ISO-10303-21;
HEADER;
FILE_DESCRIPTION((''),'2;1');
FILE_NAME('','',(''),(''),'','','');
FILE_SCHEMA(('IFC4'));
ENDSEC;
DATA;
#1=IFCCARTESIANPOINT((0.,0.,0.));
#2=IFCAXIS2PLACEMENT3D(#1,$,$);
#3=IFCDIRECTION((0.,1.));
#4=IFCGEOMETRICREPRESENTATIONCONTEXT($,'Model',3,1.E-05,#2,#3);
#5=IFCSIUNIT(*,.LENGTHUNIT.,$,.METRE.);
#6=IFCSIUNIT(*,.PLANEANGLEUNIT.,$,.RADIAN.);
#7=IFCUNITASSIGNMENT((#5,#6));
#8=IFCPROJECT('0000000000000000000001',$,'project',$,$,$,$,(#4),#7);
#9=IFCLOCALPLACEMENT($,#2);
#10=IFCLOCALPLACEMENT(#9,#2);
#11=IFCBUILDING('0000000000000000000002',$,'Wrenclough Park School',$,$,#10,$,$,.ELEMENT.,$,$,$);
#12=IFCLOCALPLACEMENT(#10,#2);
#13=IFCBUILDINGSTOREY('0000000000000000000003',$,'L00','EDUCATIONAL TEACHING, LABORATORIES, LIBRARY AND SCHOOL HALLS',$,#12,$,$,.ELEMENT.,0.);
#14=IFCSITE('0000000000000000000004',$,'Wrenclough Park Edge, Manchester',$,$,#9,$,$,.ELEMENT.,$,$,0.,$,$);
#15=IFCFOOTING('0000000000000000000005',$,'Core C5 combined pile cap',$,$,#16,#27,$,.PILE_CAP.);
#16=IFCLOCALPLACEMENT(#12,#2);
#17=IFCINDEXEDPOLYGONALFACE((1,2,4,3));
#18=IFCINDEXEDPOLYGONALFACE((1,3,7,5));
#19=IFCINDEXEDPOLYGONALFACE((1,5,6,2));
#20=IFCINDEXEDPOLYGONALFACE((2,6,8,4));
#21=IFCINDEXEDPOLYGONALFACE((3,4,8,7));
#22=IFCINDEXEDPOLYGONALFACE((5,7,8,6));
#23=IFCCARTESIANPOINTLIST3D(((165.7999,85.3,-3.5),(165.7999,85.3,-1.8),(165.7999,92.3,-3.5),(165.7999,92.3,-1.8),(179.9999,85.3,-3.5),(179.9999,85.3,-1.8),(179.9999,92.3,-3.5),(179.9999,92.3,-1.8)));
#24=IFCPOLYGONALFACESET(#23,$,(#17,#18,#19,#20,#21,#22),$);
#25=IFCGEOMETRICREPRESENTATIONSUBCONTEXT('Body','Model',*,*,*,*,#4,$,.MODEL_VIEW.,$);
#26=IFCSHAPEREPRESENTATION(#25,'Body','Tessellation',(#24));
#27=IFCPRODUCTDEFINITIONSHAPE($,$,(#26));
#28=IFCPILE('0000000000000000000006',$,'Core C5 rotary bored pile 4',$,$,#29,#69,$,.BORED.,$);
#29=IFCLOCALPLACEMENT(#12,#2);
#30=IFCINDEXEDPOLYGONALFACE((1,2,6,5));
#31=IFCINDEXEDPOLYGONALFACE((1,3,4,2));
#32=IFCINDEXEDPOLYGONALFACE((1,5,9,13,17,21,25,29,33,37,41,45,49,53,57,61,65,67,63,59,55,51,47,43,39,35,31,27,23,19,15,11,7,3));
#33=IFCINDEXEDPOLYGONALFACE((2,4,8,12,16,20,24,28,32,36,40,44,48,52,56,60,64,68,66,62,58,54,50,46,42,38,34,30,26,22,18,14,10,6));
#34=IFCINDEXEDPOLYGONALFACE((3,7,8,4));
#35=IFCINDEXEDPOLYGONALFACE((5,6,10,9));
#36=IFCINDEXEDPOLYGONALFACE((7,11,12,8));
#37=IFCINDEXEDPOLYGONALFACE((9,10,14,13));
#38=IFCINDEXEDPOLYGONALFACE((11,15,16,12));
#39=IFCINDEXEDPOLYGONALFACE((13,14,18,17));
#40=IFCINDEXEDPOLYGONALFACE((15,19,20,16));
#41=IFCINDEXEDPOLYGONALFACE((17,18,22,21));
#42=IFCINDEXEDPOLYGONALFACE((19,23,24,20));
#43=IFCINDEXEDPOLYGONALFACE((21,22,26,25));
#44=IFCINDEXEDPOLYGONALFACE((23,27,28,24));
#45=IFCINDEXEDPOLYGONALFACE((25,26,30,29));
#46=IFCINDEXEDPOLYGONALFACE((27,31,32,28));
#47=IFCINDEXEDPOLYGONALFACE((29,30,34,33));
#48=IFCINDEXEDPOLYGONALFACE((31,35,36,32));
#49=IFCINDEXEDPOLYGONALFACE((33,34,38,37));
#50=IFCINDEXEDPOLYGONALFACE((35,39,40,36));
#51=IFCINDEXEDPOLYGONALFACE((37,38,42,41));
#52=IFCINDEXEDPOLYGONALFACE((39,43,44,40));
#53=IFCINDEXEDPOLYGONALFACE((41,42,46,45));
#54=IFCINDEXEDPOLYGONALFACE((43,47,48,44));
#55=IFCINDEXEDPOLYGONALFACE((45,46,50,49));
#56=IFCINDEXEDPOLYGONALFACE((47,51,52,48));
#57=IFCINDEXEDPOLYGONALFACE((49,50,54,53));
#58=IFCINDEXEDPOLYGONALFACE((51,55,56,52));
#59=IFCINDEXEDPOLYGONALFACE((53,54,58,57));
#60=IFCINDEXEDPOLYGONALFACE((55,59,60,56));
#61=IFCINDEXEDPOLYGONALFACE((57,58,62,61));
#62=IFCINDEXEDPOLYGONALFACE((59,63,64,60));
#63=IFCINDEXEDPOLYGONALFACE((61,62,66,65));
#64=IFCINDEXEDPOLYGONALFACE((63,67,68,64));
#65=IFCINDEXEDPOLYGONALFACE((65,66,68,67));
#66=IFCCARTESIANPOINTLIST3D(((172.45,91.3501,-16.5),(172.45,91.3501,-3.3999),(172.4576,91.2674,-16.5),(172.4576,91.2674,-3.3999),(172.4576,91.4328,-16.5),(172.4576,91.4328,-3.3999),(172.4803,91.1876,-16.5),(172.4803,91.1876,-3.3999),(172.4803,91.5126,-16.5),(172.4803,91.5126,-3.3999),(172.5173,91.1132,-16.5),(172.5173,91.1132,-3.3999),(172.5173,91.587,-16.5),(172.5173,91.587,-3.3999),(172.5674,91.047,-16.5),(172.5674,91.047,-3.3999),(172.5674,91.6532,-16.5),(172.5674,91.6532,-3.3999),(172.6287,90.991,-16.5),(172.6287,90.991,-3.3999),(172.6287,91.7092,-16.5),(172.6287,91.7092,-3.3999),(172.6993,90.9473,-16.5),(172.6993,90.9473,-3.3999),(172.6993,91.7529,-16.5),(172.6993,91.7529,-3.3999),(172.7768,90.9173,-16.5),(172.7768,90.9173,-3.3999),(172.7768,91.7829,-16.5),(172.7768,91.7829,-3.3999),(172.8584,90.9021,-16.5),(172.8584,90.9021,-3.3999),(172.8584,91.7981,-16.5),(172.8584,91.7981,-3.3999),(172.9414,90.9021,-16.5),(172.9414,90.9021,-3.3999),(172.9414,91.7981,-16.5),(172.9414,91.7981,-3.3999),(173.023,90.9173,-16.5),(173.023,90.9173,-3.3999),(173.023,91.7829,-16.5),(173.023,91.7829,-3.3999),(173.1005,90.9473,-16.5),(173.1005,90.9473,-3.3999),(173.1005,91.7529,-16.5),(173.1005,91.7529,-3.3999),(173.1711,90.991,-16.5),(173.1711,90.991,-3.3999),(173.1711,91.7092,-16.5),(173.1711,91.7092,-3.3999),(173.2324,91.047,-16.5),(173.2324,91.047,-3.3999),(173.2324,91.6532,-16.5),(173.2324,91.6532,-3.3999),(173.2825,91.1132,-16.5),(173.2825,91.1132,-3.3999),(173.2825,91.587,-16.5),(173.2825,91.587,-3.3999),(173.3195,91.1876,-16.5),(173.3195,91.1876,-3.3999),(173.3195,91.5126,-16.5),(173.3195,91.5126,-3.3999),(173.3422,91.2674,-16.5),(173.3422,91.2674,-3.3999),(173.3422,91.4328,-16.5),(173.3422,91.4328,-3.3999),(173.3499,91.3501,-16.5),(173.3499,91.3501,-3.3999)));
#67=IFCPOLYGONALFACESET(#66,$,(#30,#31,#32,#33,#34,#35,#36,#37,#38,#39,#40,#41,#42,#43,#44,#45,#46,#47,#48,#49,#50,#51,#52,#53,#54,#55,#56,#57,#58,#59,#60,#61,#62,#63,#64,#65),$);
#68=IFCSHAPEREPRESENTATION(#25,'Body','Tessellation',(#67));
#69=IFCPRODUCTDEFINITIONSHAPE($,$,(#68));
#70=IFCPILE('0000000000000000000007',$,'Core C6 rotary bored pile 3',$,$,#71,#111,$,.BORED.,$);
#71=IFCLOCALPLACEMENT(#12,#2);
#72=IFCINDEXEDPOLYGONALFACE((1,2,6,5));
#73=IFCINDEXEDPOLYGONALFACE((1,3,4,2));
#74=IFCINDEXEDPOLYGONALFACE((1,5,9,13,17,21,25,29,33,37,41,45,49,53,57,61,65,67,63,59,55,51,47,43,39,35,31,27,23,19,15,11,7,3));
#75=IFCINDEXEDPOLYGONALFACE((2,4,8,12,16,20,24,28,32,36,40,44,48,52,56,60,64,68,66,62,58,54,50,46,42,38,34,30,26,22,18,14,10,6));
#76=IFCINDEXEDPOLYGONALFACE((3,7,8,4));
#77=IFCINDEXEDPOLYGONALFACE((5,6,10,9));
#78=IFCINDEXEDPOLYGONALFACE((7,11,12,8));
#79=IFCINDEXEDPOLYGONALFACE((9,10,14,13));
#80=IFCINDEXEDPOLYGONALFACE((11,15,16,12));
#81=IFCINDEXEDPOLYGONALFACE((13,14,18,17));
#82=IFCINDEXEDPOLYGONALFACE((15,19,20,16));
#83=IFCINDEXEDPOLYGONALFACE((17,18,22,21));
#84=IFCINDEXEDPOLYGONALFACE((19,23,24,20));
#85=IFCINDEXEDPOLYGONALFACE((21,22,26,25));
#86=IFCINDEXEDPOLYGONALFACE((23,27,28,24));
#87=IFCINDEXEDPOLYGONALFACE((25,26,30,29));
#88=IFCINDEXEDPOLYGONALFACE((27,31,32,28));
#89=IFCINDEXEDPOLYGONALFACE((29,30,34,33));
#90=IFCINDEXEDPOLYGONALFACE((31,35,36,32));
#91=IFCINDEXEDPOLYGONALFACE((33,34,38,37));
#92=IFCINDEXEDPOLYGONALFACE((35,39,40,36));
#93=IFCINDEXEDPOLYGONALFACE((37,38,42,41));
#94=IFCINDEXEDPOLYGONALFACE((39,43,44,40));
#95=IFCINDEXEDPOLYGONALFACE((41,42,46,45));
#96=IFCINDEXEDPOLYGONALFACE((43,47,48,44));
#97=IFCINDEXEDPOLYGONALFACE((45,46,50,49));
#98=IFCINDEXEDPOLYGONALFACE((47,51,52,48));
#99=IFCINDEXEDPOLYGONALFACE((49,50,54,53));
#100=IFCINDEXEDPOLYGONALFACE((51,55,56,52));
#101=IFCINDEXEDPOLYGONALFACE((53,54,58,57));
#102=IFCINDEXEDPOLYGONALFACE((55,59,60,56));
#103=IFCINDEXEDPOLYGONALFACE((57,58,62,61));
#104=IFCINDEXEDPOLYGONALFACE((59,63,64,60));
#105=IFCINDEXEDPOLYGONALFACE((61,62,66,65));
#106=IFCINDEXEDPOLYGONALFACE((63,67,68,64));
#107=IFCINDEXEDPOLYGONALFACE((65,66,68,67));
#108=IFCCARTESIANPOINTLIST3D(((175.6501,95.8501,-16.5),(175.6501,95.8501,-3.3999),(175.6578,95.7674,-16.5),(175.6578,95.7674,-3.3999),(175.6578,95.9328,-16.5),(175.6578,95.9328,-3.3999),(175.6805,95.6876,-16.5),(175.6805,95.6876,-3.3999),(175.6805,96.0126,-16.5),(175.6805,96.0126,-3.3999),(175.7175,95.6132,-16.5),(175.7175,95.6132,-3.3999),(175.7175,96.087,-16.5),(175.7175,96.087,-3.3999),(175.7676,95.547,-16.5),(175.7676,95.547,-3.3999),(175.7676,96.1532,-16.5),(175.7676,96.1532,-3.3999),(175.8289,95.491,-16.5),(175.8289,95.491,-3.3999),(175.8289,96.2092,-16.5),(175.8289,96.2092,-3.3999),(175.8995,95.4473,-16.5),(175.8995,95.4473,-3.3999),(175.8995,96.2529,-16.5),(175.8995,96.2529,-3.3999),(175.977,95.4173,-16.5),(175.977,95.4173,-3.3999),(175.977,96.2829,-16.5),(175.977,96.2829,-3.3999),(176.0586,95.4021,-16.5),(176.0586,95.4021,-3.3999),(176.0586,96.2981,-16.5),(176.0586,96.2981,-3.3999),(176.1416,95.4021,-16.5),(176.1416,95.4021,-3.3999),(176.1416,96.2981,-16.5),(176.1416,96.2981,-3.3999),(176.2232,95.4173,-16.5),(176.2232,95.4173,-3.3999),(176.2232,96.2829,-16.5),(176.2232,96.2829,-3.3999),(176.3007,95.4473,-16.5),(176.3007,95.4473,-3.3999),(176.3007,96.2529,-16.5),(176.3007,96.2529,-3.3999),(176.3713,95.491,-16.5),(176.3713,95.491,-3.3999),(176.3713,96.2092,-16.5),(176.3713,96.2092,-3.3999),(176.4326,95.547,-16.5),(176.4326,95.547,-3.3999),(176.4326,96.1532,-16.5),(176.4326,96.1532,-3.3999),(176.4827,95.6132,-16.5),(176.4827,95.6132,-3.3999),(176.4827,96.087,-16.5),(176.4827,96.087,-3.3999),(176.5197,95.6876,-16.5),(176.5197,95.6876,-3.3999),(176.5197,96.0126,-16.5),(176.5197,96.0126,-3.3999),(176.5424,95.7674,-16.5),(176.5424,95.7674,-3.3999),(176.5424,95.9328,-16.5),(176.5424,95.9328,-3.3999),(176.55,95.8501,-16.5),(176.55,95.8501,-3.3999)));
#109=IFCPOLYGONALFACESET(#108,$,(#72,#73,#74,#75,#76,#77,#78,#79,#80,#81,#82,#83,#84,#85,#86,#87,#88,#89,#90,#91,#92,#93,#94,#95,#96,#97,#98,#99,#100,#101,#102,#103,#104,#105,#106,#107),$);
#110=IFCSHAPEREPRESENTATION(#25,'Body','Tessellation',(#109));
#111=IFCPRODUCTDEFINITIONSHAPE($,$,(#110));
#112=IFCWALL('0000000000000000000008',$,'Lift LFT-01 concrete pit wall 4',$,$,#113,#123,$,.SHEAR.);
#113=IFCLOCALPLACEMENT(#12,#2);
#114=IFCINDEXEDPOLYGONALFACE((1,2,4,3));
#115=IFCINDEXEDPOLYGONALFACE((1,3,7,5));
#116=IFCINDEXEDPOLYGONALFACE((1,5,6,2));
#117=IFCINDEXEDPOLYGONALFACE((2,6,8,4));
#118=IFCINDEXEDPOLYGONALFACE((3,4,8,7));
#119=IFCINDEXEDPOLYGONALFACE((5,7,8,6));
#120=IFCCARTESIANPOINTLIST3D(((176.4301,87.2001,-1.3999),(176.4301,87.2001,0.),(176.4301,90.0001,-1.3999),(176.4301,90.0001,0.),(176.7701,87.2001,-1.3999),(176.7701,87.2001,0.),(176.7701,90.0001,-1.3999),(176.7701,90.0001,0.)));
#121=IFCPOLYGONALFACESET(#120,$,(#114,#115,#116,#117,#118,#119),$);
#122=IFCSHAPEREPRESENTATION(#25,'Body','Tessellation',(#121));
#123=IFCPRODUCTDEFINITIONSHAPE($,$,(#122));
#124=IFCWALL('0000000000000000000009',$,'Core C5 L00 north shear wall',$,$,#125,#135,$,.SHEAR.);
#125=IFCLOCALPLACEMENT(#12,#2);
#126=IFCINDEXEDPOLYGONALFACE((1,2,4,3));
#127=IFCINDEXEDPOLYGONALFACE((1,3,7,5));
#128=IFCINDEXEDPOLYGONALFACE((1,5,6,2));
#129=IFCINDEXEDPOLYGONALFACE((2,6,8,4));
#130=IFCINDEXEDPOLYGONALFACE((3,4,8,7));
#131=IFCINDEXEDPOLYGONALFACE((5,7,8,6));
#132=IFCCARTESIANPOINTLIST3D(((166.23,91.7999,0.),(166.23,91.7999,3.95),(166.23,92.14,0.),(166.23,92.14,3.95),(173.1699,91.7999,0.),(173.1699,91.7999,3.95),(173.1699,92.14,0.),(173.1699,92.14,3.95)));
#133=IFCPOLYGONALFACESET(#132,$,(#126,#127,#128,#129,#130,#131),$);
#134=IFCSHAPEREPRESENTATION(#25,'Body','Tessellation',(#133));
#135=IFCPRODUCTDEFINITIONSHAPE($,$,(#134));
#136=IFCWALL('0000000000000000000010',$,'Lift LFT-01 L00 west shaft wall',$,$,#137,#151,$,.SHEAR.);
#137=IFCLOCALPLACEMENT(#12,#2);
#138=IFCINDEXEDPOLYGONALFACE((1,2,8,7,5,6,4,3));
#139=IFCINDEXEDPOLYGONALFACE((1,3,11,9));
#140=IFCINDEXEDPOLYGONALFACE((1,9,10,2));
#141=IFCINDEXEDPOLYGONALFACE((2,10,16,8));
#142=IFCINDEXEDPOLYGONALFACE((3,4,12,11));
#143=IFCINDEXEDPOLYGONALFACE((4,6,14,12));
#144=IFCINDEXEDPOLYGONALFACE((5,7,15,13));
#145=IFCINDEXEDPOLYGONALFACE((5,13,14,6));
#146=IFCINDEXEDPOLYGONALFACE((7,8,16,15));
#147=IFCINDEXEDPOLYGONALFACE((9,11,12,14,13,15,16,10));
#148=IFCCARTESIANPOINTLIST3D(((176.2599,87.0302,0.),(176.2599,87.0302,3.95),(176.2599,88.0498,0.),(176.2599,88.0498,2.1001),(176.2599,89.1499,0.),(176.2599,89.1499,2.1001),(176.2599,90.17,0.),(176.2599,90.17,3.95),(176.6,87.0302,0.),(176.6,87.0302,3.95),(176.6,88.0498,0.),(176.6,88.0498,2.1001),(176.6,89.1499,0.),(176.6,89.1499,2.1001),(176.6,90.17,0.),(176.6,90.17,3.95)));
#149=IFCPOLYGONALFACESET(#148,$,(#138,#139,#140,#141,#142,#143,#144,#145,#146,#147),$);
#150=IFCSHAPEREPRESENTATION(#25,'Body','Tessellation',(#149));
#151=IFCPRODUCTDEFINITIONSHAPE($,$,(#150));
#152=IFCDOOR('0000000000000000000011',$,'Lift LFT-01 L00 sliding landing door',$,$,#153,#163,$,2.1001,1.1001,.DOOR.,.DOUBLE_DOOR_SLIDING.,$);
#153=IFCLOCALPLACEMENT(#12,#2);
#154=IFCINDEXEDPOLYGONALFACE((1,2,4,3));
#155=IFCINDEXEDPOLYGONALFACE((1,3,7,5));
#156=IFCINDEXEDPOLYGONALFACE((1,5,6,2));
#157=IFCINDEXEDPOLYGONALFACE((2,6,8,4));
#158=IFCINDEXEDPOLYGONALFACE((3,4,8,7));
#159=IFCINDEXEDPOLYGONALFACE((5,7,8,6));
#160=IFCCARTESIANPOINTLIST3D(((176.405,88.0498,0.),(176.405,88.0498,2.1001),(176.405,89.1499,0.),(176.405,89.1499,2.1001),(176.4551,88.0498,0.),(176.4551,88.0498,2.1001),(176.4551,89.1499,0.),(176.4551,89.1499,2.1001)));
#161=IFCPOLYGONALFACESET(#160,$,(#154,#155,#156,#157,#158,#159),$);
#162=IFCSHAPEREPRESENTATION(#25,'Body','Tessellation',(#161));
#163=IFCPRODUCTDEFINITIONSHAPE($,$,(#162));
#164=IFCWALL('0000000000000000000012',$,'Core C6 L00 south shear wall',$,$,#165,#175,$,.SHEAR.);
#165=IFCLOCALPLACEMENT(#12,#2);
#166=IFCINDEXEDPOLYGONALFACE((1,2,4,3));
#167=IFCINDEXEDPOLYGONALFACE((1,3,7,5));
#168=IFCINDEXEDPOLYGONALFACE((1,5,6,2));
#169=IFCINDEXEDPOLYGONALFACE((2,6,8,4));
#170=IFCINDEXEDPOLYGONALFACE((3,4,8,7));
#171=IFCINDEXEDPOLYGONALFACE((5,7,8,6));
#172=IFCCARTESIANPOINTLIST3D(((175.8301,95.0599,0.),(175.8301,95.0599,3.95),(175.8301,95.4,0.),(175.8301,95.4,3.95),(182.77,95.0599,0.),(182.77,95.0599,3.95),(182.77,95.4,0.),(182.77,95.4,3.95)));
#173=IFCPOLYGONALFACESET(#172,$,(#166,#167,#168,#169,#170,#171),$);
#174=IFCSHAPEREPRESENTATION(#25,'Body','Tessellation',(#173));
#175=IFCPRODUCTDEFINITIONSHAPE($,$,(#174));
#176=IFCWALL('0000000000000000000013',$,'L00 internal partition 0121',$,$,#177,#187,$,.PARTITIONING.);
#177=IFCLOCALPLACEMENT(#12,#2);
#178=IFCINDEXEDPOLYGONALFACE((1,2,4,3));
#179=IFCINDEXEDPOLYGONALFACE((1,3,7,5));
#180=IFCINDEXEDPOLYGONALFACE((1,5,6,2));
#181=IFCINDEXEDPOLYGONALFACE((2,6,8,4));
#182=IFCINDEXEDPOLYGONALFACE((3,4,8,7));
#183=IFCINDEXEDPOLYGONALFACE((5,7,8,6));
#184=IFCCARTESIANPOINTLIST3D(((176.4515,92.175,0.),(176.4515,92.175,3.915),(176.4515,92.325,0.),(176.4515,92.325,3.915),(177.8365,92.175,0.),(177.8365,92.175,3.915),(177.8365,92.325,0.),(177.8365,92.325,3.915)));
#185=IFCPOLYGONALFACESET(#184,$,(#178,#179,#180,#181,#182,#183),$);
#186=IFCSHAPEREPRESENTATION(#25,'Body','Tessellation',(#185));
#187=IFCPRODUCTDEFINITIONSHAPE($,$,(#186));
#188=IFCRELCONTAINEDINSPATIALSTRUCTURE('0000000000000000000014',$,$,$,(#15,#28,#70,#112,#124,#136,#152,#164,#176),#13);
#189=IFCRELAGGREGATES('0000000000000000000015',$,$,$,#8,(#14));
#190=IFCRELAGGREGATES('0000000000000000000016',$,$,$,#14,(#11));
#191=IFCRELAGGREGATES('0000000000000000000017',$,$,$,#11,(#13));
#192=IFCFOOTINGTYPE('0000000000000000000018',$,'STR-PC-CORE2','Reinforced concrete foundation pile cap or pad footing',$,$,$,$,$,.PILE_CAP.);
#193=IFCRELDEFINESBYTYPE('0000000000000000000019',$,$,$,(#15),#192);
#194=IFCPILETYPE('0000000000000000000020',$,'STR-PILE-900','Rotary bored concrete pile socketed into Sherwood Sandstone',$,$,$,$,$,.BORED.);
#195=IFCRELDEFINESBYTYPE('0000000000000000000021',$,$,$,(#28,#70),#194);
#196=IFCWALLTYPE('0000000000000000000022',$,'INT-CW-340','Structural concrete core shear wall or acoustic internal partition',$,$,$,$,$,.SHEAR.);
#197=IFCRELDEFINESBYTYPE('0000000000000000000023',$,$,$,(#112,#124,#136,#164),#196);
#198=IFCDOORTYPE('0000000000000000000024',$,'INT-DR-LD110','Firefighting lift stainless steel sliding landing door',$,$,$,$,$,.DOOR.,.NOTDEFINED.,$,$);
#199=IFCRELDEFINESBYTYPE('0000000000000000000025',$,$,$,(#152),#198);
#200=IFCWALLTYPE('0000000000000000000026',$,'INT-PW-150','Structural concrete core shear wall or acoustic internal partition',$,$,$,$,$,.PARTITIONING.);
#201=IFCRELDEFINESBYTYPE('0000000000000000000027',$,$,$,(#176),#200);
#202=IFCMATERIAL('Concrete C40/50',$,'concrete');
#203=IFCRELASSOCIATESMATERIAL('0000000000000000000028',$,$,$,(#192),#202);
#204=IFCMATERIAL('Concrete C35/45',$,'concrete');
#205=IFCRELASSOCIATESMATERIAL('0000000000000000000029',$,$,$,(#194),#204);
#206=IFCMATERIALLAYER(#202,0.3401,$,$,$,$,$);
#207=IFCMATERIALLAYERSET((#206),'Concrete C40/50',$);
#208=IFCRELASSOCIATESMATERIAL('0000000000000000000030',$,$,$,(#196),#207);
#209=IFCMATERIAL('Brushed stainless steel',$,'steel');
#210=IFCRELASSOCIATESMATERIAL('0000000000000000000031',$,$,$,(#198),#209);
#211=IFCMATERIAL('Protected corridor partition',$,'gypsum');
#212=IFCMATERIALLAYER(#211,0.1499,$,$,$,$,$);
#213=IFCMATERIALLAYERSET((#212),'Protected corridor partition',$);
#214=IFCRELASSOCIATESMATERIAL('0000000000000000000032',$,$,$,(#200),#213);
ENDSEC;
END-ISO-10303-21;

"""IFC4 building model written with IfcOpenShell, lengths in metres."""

from ifc_helpers import new_model, si_unit, direction, frame, frame_2d, origin, origin_2d, place, context, subcontext, project, spatial, rectangle, circle, extrude, material, layer, layer_set, material_profile, profile_set, type_object, element, fill, save


model = new_model("IFC4")

# Units and contexts
model_context = context("Model", 3, precision=1e-05, world=origin(), true_north=direction((0.0, 1.0)))
body_context = subcontext(model_context, "Body", "Model", "MODEL_VIEW")
ifc_project = project(units=[si_unit("LENGTHUNIT", "METRE"), si_unit("PLANEANGLEUNIT", "RADIAN")], contexts=[model_context])

# Site, building, storey
site_placement = place(None, origin())
site = spatial("IfcSite", under=ifc_project, at=site_placement, Name="Wrenclough Park Edge, Manchester", CompositionType="ELEMENT", RefElevation=0.0)
building_placement = place(site_placement, origin())
building = spatial("IfcBuilding", under=site, at=building_placement, Name="Wrenclough Park School", CompositionType="ELEMENT")
storey_placement = place(building_placement, origin())
storey = spatial("IfcBuildingStorey", under=building, at=storey_placement, Name="L00", Description="EDUCATIONAL TEACHING, LABORATORIES, LIBRARY AND SCHOOL HALLS", CompositionType="ELEMENT", Elevation=0.0)

# Footing
ifc_material_1 = material(Name="Concrete C40/50", Category="concrete")
footing_type = type_object("IfcFootingType", Name="STR-PC-CORE2", Description="Reinforced concrete foundation pile cap or pad footing", PredefinedType="PILE_CAP", material=ifc_material_1)
footing_placement = place(storey_placement, frame((172.8999, 88.8, -3.5), z_axis=(0.0, 0.0, 1.0), x_axis=(1.0, 0.0, 0.0)))
element("IfcFooting", 1, at=footing_placement, inside=storey, type_object=footing_type, Name="Core C5 combined pile cap", PredefinedType="PILE_CAP", context=body_context, shape_type="SweptSolid", body=[
    extrude(rectangle(XDim=14.2, YDim=7.0, at=origin_2d()), origin(), (0.0, 0.0, 1.0), 1.7),
])

# Piles
ifc_material_2 = material(Name="Concrete C35/45", Category="concrete")
ifc_material_profile = material_profile(ifc_material_2, circle(Radius=0.45, at=origin_2d()), Name="BORED PILE D900")
ifc_profile_set = profile_set([ifc_material_profile], Name="Concrete C35/45")
pile_type = type_object("IfcPileType", Name="STR-PILE-900", Description="Rotary bored concrete pile socketed into Sherwood Sandstone", PredefinedType="BORED", material=ifc_profile_set)
for number, where, z_axis, x_axis, name in (
    (2, (172.8999, 91.3501, -3.3999), (0.0, 0.0, -1.0), (1.0, 0.0, 0.0), "Core C5 rotary bored pile 4"),
    (3, (176.1001, 95.8501, -3.3999), (0.0, 0.0, -1.0), (1.0, 0.0, 0.0), "Core C6 rotary bored pile 3"),
):
    element("IfcPile", number, at=place(storey_placement, frame(where, z_axis=z_axis, x_axis=x_axis)), inside=storey, type_object=pile_type, Name=name, PredefinedType="BORED", context=body_context, shape_type="SweptSolid", body=[
        extrude(circle(Radius=0.45, at=origin_2d()), origin(), (0.0, 0.0, 1.0), 13.1001),
    ])

# Walls
ifc_layer_1 = layer(ifc_material_1, 0.3401)
ifc_layer_set_1 = layer_set([ifc_layer_1], Name="Concrete C40/50")
wall_type_1 = type_object("IfcWallType", Name="INT-CW-340", Description="Structural concrete core shear wall or acoustic internal partition", PredefinedType="SHEAR", material=ifc_layer_set_1)
wall_1_placement = place(storey_placement, frame((176.6001, 90.0, -1.3999), z_axis=(0.0, 0.0, 1.0), x_axis=(0.0, -1.0, 0.0)))
element("IfcWall", 4, at=wall_1_placement, inside=storey, type_object=wall_type_1, Name="Lift LFT-01 concrete pit wall 4", PredefinedType="SHEAR", context=body_context, shape_type="SweptSolid", body=[
    extrude(rectangle(XDim=2.8, YDim=0.3401, at=frame_2d((1.3999, 0.0))), origin(), (0.0, 0.0, 1.0), 1.3999),
])
wall_2_placement = place(storey_placement, frame((173.1699, 91.97, 0.0), z_axis=(0.0, 0.0, 1.0), x_axis=(-1.0, 0.0, 0.0)))
element("IfcWall", 5, at=wall_2_placement, inside=storey, type_object=wall_type_1, Name="Core C5 L00 north shear wall", PredefinedType="SHEAR", context=body_context, shape_type="SweptSolid", body=[
    extrude(rectangle(XDim=6.9399, YDim=0.3401, at=frame_2d((3.47, 0.0))), origin(), (0.0, 0.0, 1.0), 3.95),
])

# Wall, opening, door
wall_3_placement = place(storey_placement, frame((176.4299, 90.1699, 0.0), z_axis=(0.0, 0.0, 1.0), x_axis=(0.0, -1.0, 0.0)))
wall_3 = element("IfcWall", 6, at=wall_3_placement, inside=storey, type_object=wall_type_1, Name="Lift LFT-01 L00 west shaft wall", PredefinedType="SHEAR", context=body_context, shape_type="SweptSolid", body=[
    extrude(rectangle(XDim=3.1399, YDim=0.3401, at=frame_2d((1.5698, 0.0))), origin(), (0.0, 0.0, 1.0), 3.95),
])
opening_1_placement = place(wall_3_placement, frame((1.02, 0.0, 0.0)))
opening_1 = element("IfcOpeningElement", 7, at=opening_1_placement, cuts=wall_3, PredefinedType="OPENING", context=body_context, shape_type="SweptSolid", body=[
    extrude(rectangle(XDim=1.1001, YDim=2.1001, at=frame_2d((0.55, 1.05))), frame((0.0, 0.1799, 0.0), z_axis=(0.0, -1.0, 0.0), x_axis=(1.0, 0.0, 0.0)), (0.0, 0.0, 1.0), 0.3601),
])
ifc_material_3 = material(Name="Brushed stainless steel", Category="steel")
door_type_1 = type_object("IfcDoorType", Name="INT-DR-LD110", Description="Firefighting lift stainless steel sliding landing door", OperationType="NOTDEFINED", PredefinedType="DOOR", material=ifc_material_3)
door_1_placement = place(opening_1_placement, frame((1.1001, 0.0, 0.0), z_axis=(0.0, 0.0, 1.0), x_axis=(-1.0, 0.0, 0.0)))
door_1 = element("IfcDoor", 8, at=door_1_placement, inside=storey, type_object=door_type_1, Name="Lift LFT-01 L00 sliding landing door", OperationType="DOUBLE_DOOR_SLIDING", OverallHeight=2.1001, OverallWidth=1.1001, PredefinedType="DOOR", context=body_context, shape_type="SweptSolid", body=[
    extrude(rectangle(XDim=1.1001, YDim=2.1001, at=frame_2d((0.55, 1.05))), frame((0.0, 0.0249, 0.0), z_axis=(0.0, -1.0, 0.0), x_axis=(1.0, 0.0, 0.0)), (0.0, 0.0, 1.0), 0.05),
])
fill(opening_1, door_1)

# Walls
wall_4_placement = place(storey_placement, frame((175.8301, 95.23, 0.0), z_axis=(0.0, 0.0, 1.0), x_axis=(1.0, 0.0, 0.0)))
element("IfcWall", 9, at=wall_4_placement, inside=storey, type_object=wall_type_1, Name="Core C6 L00 south shear wall", PredefinedType="SHEAR", context=body_context, shape_type="SweptSolid", body=[
    extrude(rectangle(XDim=6.9399, YDim=0.3401, at=frame_2d((3.47, 0.0))), origin(), (0.0, 0.0, 1.0), 3.95),
])
ifc_material_4 = material(Name="Protected corridor partition", Category="gypsum")
ifc_layer_2 = layer(ifc_material_4, 0.1499)
ifc_layer_set_2 = layer_set([ifc_layer_2], Name="Protected corridor partition")
wall_type_2 = type_object("IfcWallType", Name="INT-PW-150", Description="Structural concrete core shear wall or acoustic internal partition", PredefinedType="PARTITIONING", material=ifc_layer_set_2)
wall_5_placement = place(storey_placement, frame((177.8364, 92.25, 0.0), z_axis=(0.0, 0.0, 1.0), x_axis=(-1.0, 0.0, 0.0)))
element("IfcWall", 10, at=wall_5_placement, inside=storey, type_object=wall_type_2, Name="L00 internal partition 0121", PredefinedType="PARTITIONING", context=body_context, shape_type="SweptSolid", body=[
    extrude(rectangle(XDim=1.385, YDim=0.1499, at=frame_2d((0.6924, 0.0))), origin(), (0.0, 0.0, 1.0), 3.915),
])

save(model, "model.ifc")
